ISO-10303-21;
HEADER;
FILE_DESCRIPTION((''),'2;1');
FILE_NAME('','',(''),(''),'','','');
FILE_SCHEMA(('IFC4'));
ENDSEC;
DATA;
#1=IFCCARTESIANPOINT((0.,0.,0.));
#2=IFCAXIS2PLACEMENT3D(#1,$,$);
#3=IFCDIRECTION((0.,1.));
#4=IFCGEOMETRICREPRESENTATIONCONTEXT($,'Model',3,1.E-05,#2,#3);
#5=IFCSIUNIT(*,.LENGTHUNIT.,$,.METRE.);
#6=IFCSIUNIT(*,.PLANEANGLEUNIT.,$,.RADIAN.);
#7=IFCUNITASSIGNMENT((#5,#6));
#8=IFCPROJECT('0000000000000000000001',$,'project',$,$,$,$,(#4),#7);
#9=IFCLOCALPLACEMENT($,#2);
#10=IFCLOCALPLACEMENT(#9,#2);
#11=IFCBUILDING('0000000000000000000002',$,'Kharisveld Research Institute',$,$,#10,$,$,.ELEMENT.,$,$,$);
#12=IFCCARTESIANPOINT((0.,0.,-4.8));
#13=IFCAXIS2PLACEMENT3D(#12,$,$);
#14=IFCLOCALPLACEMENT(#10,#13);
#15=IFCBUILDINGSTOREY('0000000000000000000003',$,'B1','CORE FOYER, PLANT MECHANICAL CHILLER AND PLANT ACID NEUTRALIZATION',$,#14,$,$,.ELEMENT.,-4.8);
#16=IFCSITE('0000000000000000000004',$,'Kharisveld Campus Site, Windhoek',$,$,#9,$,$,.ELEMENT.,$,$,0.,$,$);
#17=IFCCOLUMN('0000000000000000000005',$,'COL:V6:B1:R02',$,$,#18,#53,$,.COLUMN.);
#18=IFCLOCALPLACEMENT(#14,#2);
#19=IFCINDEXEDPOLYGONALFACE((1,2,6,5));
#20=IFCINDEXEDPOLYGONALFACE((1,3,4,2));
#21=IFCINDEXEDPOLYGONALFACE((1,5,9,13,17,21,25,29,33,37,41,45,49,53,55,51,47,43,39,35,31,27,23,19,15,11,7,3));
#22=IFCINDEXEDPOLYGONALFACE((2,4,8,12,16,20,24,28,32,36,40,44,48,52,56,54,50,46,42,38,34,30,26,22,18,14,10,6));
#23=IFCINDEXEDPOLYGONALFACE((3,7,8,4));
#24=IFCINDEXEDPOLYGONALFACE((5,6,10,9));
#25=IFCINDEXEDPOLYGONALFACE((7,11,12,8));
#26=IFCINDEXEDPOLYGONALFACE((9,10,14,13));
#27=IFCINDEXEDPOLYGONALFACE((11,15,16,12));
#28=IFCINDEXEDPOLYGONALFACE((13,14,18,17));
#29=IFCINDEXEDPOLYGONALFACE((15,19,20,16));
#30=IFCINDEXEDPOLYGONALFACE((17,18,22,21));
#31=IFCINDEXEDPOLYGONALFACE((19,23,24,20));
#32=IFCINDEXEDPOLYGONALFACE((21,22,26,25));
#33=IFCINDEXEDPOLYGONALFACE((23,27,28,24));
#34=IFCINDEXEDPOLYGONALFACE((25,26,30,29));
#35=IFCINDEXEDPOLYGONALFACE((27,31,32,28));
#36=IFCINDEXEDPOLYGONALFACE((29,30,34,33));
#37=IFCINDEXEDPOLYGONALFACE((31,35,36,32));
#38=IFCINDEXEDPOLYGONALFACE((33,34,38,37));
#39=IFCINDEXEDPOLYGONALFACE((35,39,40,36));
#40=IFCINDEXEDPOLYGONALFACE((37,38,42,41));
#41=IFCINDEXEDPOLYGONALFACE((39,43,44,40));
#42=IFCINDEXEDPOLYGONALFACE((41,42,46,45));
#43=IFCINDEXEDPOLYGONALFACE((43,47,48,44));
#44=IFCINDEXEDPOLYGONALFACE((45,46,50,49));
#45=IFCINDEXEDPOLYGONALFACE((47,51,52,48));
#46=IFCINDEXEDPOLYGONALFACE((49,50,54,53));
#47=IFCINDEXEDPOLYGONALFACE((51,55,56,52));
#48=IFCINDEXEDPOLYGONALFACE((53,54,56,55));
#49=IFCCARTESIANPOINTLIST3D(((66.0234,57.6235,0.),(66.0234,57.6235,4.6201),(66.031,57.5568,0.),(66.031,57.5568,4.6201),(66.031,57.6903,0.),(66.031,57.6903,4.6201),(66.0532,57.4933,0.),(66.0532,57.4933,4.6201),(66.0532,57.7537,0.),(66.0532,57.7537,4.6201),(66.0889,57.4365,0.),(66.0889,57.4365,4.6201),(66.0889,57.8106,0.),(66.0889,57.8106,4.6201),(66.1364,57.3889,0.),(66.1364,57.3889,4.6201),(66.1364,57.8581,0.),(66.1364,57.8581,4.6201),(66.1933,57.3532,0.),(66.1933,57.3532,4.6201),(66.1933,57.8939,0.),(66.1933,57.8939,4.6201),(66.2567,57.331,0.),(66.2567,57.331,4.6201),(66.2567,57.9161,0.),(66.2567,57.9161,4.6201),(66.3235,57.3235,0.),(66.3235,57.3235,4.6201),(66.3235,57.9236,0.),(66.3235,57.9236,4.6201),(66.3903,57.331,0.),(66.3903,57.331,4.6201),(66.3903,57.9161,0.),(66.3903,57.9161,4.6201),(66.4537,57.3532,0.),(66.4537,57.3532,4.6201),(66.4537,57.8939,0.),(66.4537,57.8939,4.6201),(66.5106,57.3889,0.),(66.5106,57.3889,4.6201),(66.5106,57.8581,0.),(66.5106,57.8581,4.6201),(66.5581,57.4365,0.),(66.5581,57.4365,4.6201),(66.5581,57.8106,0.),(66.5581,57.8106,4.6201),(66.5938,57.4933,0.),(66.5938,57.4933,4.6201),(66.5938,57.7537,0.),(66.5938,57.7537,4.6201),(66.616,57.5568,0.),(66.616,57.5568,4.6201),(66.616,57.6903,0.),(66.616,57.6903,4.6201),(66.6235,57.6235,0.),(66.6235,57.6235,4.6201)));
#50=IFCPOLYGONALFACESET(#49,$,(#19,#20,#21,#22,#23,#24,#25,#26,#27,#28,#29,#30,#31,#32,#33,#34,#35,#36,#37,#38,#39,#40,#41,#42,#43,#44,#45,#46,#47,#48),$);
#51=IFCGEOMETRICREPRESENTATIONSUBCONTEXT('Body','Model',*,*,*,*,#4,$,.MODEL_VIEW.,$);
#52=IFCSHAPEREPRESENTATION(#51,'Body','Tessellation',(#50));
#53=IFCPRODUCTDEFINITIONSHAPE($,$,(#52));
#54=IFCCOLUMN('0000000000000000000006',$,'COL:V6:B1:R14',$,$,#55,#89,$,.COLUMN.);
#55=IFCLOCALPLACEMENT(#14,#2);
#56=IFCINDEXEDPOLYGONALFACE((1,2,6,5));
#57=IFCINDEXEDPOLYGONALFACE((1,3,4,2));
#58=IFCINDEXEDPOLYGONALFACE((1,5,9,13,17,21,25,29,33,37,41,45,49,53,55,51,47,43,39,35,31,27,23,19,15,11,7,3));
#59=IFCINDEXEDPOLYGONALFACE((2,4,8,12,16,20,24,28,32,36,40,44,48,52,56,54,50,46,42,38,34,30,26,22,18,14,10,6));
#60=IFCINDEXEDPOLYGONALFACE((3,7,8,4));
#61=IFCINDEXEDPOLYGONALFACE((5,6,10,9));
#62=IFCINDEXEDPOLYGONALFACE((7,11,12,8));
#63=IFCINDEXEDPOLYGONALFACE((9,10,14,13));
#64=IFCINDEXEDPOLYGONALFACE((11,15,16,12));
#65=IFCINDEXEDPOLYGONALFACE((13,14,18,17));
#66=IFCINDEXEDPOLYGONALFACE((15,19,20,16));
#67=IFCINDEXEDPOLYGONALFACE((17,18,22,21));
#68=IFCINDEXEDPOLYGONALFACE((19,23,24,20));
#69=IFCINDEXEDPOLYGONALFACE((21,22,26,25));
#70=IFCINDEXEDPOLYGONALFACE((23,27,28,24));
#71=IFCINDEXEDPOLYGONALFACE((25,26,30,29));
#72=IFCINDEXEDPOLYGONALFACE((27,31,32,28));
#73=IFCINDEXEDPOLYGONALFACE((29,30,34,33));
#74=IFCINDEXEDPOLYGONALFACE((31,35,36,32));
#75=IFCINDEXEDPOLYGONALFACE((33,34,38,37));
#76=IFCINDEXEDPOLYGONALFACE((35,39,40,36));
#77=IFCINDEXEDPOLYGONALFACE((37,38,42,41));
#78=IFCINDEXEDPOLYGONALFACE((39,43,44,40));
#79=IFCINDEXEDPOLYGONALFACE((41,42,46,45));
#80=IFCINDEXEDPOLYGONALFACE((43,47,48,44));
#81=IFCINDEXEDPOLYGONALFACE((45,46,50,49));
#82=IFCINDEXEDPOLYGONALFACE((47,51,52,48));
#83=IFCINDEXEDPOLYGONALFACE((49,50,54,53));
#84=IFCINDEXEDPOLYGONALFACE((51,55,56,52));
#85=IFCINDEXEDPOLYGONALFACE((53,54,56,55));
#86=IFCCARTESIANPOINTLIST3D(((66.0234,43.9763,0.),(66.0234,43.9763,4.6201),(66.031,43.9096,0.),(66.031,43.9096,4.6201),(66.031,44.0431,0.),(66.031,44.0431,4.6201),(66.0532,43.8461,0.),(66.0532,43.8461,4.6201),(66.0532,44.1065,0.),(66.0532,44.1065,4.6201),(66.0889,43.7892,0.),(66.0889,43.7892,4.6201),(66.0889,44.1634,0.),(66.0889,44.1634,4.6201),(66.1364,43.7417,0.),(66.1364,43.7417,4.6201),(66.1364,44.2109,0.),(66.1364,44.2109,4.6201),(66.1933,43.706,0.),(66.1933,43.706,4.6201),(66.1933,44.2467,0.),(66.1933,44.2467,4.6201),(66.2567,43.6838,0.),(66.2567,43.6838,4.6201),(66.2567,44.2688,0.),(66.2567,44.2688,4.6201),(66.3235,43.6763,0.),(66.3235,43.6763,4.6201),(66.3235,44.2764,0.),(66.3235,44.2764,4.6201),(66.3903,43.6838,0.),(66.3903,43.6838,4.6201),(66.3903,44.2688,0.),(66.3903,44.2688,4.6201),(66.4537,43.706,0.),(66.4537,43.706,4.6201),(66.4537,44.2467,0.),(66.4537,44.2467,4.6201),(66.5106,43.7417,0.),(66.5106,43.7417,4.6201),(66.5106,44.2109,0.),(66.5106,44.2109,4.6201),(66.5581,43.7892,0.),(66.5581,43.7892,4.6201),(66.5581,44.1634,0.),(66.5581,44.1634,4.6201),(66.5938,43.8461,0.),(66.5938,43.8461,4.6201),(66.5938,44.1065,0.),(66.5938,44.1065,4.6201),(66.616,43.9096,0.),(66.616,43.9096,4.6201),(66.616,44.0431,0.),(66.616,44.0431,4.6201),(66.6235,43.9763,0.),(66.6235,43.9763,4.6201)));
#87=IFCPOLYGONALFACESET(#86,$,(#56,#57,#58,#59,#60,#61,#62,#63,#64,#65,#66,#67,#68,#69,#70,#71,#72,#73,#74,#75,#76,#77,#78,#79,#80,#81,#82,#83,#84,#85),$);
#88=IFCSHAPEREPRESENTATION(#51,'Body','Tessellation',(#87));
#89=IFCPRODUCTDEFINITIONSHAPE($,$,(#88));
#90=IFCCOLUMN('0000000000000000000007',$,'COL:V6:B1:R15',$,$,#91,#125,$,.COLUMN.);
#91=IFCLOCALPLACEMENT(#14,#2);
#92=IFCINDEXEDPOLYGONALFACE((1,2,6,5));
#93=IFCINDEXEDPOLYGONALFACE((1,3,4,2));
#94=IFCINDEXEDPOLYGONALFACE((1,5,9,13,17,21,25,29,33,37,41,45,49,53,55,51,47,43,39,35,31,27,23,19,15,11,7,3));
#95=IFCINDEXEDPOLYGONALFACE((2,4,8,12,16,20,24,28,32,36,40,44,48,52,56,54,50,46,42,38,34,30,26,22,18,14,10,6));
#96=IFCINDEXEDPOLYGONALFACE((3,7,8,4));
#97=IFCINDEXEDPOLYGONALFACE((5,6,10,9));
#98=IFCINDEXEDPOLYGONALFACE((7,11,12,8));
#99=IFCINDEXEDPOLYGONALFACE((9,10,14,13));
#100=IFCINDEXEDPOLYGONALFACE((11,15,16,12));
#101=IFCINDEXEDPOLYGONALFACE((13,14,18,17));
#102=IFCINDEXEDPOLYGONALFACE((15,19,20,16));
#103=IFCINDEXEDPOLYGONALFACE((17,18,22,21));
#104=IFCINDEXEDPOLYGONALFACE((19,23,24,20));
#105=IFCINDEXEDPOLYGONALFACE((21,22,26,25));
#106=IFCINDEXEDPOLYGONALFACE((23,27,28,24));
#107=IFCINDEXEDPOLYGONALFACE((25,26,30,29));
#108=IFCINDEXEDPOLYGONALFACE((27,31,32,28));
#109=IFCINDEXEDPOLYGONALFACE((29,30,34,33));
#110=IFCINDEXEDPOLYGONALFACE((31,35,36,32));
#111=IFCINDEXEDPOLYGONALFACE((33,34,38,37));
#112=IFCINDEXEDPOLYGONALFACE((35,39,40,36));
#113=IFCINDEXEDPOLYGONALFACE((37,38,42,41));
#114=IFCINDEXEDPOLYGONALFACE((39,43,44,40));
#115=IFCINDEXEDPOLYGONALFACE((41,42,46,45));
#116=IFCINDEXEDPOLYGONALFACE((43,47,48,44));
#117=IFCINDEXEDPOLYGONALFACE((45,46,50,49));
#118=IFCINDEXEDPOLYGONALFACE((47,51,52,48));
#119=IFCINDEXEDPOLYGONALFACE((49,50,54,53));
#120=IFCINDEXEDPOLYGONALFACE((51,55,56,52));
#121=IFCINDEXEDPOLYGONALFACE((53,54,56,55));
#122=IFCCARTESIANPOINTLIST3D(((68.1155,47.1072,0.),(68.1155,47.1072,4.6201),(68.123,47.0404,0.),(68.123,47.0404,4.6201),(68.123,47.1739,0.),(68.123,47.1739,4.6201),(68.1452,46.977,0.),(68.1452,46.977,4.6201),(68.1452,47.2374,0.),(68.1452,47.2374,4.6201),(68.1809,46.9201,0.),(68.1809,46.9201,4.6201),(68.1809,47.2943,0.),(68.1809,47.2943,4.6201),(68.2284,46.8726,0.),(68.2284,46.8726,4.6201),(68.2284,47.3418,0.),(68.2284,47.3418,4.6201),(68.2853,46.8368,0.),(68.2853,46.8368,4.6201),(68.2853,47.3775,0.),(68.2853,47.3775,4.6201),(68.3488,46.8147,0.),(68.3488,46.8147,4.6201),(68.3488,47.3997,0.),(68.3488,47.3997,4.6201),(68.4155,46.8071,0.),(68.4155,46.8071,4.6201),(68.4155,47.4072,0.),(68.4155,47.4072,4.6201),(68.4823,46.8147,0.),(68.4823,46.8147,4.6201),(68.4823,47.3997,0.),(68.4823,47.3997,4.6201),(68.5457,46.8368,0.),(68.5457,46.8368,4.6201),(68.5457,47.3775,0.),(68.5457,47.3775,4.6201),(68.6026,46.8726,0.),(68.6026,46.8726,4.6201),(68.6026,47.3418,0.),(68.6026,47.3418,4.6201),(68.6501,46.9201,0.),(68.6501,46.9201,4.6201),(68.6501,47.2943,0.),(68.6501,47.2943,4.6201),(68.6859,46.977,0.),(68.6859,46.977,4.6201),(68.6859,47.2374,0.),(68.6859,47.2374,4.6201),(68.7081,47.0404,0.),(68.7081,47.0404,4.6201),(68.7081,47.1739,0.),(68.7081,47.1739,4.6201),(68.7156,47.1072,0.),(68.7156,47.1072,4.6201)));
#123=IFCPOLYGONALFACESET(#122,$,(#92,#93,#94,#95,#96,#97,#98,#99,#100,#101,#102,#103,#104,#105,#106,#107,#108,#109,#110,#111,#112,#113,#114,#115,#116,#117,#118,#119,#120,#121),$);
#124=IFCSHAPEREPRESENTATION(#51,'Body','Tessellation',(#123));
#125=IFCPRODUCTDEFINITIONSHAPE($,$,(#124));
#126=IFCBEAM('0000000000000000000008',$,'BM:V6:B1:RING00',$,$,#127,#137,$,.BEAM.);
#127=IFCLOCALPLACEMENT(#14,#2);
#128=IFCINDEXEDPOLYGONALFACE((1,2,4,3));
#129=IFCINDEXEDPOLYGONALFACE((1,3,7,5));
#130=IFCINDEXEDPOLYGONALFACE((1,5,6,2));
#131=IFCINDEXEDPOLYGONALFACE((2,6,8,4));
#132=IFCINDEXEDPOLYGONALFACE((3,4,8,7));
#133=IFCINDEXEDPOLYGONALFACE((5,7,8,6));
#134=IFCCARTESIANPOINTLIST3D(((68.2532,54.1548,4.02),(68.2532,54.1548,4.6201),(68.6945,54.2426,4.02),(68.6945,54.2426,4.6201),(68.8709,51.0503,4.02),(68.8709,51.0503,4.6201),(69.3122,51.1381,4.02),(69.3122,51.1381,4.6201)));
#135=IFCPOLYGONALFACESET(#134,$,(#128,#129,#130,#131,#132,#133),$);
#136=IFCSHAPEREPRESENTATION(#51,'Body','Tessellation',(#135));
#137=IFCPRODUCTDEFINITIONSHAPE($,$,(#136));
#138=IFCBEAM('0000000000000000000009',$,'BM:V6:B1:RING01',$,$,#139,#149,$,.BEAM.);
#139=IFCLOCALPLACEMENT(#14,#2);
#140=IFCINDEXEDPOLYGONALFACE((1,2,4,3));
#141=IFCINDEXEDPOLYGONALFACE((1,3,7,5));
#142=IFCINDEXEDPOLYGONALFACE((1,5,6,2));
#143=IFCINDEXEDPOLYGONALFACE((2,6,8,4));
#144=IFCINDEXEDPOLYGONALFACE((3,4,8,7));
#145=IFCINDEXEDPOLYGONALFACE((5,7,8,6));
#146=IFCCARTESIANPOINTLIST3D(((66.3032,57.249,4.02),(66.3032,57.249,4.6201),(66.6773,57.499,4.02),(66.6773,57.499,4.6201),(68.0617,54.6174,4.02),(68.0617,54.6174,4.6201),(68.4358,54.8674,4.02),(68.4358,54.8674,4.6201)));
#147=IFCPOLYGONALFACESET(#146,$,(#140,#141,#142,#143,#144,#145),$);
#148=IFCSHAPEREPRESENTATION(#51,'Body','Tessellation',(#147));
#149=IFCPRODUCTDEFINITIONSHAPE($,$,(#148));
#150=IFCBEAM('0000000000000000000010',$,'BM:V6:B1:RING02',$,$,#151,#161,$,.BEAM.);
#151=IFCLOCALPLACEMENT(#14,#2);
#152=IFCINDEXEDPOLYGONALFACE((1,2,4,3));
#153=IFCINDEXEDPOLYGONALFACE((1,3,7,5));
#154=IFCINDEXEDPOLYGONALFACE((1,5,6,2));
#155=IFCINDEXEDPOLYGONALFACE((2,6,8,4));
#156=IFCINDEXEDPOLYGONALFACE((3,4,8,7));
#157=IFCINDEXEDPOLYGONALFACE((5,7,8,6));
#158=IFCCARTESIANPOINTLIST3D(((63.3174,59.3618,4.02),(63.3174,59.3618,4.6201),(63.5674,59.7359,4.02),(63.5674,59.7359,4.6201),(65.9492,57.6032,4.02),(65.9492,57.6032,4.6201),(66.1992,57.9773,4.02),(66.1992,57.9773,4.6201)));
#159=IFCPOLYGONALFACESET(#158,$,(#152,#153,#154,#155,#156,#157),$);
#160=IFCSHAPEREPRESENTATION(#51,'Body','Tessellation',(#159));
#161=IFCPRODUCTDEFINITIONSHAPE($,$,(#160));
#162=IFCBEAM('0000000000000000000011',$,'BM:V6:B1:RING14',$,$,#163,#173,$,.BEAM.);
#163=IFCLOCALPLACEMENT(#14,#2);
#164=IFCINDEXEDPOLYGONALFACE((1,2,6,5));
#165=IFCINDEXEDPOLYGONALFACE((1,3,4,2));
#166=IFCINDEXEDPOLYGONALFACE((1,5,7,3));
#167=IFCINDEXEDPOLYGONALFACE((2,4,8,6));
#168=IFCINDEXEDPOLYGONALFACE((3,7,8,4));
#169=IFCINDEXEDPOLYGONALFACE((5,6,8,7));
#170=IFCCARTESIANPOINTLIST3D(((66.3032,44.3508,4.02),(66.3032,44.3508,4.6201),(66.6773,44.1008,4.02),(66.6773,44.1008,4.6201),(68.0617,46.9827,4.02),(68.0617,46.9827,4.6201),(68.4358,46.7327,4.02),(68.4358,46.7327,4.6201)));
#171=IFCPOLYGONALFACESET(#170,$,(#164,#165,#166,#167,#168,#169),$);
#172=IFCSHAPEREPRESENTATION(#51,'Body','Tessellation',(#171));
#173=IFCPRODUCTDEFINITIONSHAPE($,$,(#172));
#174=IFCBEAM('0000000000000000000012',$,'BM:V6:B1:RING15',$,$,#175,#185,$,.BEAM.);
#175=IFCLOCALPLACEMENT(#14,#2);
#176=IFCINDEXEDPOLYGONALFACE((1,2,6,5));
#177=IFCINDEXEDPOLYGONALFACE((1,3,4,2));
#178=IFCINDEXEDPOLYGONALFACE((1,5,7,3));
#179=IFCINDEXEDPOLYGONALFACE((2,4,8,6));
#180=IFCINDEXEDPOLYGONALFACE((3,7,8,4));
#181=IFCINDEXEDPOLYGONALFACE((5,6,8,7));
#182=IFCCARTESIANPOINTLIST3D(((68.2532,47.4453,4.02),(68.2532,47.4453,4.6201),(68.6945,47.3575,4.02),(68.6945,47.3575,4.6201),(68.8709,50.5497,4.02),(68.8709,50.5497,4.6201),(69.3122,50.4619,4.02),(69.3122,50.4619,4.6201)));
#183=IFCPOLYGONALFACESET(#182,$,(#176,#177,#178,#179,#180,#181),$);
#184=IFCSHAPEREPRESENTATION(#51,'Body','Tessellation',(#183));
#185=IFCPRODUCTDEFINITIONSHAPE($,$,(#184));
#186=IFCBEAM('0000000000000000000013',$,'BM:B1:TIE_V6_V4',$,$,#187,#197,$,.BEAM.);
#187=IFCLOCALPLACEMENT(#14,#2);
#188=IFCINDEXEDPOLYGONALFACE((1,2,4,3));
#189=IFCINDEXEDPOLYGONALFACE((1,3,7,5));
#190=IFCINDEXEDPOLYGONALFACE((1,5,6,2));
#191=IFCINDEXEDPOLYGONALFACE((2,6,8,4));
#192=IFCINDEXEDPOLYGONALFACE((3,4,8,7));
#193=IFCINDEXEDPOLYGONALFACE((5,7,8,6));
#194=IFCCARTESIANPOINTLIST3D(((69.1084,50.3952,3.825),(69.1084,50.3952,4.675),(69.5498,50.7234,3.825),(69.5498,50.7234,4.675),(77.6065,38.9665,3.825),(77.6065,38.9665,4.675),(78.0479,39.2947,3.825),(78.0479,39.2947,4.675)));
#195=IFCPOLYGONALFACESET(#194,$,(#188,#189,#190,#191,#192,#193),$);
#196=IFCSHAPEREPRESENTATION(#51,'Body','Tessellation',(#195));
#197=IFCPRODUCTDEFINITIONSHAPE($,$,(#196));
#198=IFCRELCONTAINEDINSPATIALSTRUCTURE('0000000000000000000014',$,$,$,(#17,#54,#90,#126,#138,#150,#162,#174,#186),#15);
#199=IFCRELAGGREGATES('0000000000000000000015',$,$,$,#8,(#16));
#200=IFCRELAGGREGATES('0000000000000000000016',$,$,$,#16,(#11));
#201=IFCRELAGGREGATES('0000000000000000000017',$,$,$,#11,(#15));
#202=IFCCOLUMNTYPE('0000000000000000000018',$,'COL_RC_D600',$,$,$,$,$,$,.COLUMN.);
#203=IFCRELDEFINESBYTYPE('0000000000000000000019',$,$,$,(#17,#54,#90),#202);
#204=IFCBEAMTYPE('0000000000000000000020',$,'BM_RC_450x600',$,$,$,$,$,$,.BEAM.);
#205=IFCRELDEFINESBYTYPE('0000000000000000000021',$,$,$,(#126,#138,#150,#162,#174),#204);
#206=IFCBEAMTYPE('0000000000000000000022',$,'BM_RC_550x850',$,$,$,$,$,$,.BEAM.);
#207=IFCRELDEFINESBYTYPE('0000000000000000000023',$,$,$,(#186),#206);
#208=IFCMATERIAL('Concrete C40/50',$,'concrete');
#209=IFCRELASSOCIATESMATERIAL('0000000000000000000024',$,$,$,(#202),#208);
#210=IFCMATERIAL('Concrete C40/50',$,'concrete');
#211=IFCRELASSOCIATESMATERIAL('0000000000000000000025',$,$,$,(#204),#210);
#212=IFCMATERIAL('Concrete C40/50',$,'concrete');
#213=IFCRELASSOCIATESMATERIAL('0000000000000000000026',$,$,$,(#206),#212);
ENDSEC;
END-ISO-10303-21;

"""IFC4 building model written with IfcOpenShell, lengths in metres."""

from ifc_helpers import new_model, si_unit, direction, frame, origin, origin_2d, place, context, subcontext, project, spatial, rectangle, circle, extrude, material, material_profile, profile_set, type_object, element, save


model = new_model("IFC4")

# Units and contexts
model_context = context("Model", 3, precision=1e-05, world=origin(), true_north=direction((0.0, 1.0)))
body_context = subcontext(model_context, "Body", "Model", "MODEL_VIEW")
ifc_project = project(units=[si_unit("LENGTHUNIT", "METRE"), si_unit("PLANEANGLEUNIT", "RADIAN")], contexts=[model_context])

# Site, building, storey
site_placement = place(None, origin())
site = spatial("IfcSite", under=ifc_project, at=site_placement, Name="Kharisveld Campus Site, Windhoek", CompositionType="ELEMENT", RefElevation=0.0)
building_placement = place(site_placement, origin())
building = spatial("IfcBuilding", under=site, at=building_placement, Name="Kharisveld Research Institute", CompositionType="ELEMENT")
storey_placement = place(building_placement, frame((0.0, 0.0, -4.8)))
storey = spatial("IfcBuildingStorey", under=building, at=storey_placement, Name="B1", Description="CORE FOYER, PLANT MECHANICAL CHILLER AND PLANT ACID NEUTRALIZATION", CompositionType="ELEMENT", Elevation=-4.8)

# Columns
ifc_material_1 = material(Name="Concrete C40/50", Category="concrete")
ifc_material_profile_1 = material_profile(ifc_material_1, circle(Radius=0.3, at=origin_2d()))
ifc_profile_set_1 = profile_set([ifc_material_profile_1], Name="Concrete C40/50")
column_type = type_object("IfcColumnType", Name="COL_RC_D600", PredefinedType="COLUMN", material=ifc_profile_set_1)
for number, where, z_axis, x_axis, name in (
    (1, (66.3235, 57.6235, 0.0), (0.0, 0.0, 1.0), (1.0, 0.0, 0.0), "COL:V6:B1:R02"),
    (2, (66.3235, 43.9763, 0.0), (0.0, 0.0, 1.0), (1.0, 0.0, 0.0), "COL:V6:B1:R14"),
    (3, (68.4155, 47.1072, 0.0), (0.0, 0.0, 1.0), (1.0, 0.0, 0.0), "COL:V6:B1:R15"),
):
    element("IfcColumn", number, at=place(storey_placement, frame(where, z_axis=z_axis, x_axis=x_axis)), inside=storey, type_object=column_type, Name=name, PredefinedType="COLUMN", context=body_context, shape_type="SweptSolid", body=[
        extrude(circle(Radius=0.3, at=origin_2d()), origin(), (0.0, 0.0, 1.0), 4.6201),
    ])

# Beams
ifc_material_2 = material(Name="Concrete C40/50", Category="concrete")
ifc_material_profile_2 = material_profile(ifc_material_2, rectangle(XDim=0.45, YDim=0.6001, at=origin_2d()))
ifc_profile_set_2 = profile_set([ifc_material_profile_2], Name="Concrete C40/50")
beam_type_1 = type_object("IfcBeamType", Name="BM_RC_450x600", PredefinedType="BEAM", material=ifc_profile_set_2)
beam_1_placement = place(storey_placement, frame((69.0916, 51.0942, 4.3201), z_axis=(-0.195137, 0.980776, 0.0), x_axis=(-0.980776, -0.195137, 0.0)))
element("IfcBeam", 4, at=beam_1_placement, inside=storey, type_object=beam_type_1, Name="BM:V6:B1:RING00", PredefinedType="BEAM", context=body_context, shape_type="SweptSolid", body=[
    extrude(rectangle(XDim=0.45, YDim=0.6001, at=origin_2d()), origin(), (0.0, 0.0, 1.0), 3.1653),
])
beam_2_placement = place(storey_placement, frame((68.2488, 54.7424, 4.3201), z_axis=(-0.555608, 0.831445, 0.0), x_axis=(-0.831445, -0.555608, 0.0)))
element("IfcBeam", 5, at=beam_2_placement, inside=storey, type_object=beam_type_1, Name="BM:V6:B1:RING01", PredefinedType="BEAM", context=body_context, shape_type="SweptSolid", body=[
    extrude(rectangle(XDim=0.45, YDim=0.6001, at=origin_2d()), origin(), (0.0, 0.0, 1.0), 3.165),
])
for number, where, z_axis, x_axis, name in (
    (6, (66.0742, 57.7903, 4.3201), (-0.831468, 0.555572, 0.0), (-0.555572, -0.831468, 0.0), "BM:V6:B1:RING02"),
    (7, (66.4902, 44.2258, 4.3201), (0.555572, 0.831468, 0.0), (-0.831468, 0.555572, 0.0), "BM:V6:B1:RING14"),
    (8, (68.4739, 47.4014, 4.3201), (0.195137, 0.980776, 0.0), (-0.980776, 0.195137, 0.0), "BM:V6:B1:RING15"),
):
    element("IfcBeam", number, at=place(storey_placement, frame(where, z_axis=z_axis, x_axis=x_axis)), inside=storey, type_object=beam_type_1, Name=name, PredefinedType="BEAM", context=body_context, shape_type="SweptSolid", body=[
        extrude(rectangle(XDim=0.45, YDim=0.6001, at=origin_2d()), origin(), (0.0, 0.0, 1.0), 3.1653),
    ])
ifc_material_3 = material(Name="Concrete C40/50", Category="concrete")
ifc_material_profile_3 = material_profile(ifc_material_3, rectangle(XDim=0.55, YDim=0.8501, at=origin_2d()))
ifc_profile_set_3 = profile_set([ifc_material_profile_3], Name="Concrete C40/50")
beam_type_2 = type_object("IfcBeamType", Name="BM_RC_550x850", PredefinedType="BEAM", material=ifc_profile_set_3)
beam_3_placement = place(storey_placement, frame((69.3291, 50.5593, 4.25), z_axis=(0.596693, -0.80247, 0.0), x_axis=(0.80247, 0.596693, 0.0)))
element("IfcBeam", 9, at=beam_3_placement, inside=storey, type_object=beam_type_2, Name="BM:B1:TIE_V6_V4", PredefinedType="BEAM", context=body_context, shape_type="SweptSolid", body=[
    extrude(rectangle(XDim=0.55, YDim=0.8501, at=origin_2d()), origin(), (0.0, 0.0, 1.0), 14.2419),
])

save(model, "model.ifc")
